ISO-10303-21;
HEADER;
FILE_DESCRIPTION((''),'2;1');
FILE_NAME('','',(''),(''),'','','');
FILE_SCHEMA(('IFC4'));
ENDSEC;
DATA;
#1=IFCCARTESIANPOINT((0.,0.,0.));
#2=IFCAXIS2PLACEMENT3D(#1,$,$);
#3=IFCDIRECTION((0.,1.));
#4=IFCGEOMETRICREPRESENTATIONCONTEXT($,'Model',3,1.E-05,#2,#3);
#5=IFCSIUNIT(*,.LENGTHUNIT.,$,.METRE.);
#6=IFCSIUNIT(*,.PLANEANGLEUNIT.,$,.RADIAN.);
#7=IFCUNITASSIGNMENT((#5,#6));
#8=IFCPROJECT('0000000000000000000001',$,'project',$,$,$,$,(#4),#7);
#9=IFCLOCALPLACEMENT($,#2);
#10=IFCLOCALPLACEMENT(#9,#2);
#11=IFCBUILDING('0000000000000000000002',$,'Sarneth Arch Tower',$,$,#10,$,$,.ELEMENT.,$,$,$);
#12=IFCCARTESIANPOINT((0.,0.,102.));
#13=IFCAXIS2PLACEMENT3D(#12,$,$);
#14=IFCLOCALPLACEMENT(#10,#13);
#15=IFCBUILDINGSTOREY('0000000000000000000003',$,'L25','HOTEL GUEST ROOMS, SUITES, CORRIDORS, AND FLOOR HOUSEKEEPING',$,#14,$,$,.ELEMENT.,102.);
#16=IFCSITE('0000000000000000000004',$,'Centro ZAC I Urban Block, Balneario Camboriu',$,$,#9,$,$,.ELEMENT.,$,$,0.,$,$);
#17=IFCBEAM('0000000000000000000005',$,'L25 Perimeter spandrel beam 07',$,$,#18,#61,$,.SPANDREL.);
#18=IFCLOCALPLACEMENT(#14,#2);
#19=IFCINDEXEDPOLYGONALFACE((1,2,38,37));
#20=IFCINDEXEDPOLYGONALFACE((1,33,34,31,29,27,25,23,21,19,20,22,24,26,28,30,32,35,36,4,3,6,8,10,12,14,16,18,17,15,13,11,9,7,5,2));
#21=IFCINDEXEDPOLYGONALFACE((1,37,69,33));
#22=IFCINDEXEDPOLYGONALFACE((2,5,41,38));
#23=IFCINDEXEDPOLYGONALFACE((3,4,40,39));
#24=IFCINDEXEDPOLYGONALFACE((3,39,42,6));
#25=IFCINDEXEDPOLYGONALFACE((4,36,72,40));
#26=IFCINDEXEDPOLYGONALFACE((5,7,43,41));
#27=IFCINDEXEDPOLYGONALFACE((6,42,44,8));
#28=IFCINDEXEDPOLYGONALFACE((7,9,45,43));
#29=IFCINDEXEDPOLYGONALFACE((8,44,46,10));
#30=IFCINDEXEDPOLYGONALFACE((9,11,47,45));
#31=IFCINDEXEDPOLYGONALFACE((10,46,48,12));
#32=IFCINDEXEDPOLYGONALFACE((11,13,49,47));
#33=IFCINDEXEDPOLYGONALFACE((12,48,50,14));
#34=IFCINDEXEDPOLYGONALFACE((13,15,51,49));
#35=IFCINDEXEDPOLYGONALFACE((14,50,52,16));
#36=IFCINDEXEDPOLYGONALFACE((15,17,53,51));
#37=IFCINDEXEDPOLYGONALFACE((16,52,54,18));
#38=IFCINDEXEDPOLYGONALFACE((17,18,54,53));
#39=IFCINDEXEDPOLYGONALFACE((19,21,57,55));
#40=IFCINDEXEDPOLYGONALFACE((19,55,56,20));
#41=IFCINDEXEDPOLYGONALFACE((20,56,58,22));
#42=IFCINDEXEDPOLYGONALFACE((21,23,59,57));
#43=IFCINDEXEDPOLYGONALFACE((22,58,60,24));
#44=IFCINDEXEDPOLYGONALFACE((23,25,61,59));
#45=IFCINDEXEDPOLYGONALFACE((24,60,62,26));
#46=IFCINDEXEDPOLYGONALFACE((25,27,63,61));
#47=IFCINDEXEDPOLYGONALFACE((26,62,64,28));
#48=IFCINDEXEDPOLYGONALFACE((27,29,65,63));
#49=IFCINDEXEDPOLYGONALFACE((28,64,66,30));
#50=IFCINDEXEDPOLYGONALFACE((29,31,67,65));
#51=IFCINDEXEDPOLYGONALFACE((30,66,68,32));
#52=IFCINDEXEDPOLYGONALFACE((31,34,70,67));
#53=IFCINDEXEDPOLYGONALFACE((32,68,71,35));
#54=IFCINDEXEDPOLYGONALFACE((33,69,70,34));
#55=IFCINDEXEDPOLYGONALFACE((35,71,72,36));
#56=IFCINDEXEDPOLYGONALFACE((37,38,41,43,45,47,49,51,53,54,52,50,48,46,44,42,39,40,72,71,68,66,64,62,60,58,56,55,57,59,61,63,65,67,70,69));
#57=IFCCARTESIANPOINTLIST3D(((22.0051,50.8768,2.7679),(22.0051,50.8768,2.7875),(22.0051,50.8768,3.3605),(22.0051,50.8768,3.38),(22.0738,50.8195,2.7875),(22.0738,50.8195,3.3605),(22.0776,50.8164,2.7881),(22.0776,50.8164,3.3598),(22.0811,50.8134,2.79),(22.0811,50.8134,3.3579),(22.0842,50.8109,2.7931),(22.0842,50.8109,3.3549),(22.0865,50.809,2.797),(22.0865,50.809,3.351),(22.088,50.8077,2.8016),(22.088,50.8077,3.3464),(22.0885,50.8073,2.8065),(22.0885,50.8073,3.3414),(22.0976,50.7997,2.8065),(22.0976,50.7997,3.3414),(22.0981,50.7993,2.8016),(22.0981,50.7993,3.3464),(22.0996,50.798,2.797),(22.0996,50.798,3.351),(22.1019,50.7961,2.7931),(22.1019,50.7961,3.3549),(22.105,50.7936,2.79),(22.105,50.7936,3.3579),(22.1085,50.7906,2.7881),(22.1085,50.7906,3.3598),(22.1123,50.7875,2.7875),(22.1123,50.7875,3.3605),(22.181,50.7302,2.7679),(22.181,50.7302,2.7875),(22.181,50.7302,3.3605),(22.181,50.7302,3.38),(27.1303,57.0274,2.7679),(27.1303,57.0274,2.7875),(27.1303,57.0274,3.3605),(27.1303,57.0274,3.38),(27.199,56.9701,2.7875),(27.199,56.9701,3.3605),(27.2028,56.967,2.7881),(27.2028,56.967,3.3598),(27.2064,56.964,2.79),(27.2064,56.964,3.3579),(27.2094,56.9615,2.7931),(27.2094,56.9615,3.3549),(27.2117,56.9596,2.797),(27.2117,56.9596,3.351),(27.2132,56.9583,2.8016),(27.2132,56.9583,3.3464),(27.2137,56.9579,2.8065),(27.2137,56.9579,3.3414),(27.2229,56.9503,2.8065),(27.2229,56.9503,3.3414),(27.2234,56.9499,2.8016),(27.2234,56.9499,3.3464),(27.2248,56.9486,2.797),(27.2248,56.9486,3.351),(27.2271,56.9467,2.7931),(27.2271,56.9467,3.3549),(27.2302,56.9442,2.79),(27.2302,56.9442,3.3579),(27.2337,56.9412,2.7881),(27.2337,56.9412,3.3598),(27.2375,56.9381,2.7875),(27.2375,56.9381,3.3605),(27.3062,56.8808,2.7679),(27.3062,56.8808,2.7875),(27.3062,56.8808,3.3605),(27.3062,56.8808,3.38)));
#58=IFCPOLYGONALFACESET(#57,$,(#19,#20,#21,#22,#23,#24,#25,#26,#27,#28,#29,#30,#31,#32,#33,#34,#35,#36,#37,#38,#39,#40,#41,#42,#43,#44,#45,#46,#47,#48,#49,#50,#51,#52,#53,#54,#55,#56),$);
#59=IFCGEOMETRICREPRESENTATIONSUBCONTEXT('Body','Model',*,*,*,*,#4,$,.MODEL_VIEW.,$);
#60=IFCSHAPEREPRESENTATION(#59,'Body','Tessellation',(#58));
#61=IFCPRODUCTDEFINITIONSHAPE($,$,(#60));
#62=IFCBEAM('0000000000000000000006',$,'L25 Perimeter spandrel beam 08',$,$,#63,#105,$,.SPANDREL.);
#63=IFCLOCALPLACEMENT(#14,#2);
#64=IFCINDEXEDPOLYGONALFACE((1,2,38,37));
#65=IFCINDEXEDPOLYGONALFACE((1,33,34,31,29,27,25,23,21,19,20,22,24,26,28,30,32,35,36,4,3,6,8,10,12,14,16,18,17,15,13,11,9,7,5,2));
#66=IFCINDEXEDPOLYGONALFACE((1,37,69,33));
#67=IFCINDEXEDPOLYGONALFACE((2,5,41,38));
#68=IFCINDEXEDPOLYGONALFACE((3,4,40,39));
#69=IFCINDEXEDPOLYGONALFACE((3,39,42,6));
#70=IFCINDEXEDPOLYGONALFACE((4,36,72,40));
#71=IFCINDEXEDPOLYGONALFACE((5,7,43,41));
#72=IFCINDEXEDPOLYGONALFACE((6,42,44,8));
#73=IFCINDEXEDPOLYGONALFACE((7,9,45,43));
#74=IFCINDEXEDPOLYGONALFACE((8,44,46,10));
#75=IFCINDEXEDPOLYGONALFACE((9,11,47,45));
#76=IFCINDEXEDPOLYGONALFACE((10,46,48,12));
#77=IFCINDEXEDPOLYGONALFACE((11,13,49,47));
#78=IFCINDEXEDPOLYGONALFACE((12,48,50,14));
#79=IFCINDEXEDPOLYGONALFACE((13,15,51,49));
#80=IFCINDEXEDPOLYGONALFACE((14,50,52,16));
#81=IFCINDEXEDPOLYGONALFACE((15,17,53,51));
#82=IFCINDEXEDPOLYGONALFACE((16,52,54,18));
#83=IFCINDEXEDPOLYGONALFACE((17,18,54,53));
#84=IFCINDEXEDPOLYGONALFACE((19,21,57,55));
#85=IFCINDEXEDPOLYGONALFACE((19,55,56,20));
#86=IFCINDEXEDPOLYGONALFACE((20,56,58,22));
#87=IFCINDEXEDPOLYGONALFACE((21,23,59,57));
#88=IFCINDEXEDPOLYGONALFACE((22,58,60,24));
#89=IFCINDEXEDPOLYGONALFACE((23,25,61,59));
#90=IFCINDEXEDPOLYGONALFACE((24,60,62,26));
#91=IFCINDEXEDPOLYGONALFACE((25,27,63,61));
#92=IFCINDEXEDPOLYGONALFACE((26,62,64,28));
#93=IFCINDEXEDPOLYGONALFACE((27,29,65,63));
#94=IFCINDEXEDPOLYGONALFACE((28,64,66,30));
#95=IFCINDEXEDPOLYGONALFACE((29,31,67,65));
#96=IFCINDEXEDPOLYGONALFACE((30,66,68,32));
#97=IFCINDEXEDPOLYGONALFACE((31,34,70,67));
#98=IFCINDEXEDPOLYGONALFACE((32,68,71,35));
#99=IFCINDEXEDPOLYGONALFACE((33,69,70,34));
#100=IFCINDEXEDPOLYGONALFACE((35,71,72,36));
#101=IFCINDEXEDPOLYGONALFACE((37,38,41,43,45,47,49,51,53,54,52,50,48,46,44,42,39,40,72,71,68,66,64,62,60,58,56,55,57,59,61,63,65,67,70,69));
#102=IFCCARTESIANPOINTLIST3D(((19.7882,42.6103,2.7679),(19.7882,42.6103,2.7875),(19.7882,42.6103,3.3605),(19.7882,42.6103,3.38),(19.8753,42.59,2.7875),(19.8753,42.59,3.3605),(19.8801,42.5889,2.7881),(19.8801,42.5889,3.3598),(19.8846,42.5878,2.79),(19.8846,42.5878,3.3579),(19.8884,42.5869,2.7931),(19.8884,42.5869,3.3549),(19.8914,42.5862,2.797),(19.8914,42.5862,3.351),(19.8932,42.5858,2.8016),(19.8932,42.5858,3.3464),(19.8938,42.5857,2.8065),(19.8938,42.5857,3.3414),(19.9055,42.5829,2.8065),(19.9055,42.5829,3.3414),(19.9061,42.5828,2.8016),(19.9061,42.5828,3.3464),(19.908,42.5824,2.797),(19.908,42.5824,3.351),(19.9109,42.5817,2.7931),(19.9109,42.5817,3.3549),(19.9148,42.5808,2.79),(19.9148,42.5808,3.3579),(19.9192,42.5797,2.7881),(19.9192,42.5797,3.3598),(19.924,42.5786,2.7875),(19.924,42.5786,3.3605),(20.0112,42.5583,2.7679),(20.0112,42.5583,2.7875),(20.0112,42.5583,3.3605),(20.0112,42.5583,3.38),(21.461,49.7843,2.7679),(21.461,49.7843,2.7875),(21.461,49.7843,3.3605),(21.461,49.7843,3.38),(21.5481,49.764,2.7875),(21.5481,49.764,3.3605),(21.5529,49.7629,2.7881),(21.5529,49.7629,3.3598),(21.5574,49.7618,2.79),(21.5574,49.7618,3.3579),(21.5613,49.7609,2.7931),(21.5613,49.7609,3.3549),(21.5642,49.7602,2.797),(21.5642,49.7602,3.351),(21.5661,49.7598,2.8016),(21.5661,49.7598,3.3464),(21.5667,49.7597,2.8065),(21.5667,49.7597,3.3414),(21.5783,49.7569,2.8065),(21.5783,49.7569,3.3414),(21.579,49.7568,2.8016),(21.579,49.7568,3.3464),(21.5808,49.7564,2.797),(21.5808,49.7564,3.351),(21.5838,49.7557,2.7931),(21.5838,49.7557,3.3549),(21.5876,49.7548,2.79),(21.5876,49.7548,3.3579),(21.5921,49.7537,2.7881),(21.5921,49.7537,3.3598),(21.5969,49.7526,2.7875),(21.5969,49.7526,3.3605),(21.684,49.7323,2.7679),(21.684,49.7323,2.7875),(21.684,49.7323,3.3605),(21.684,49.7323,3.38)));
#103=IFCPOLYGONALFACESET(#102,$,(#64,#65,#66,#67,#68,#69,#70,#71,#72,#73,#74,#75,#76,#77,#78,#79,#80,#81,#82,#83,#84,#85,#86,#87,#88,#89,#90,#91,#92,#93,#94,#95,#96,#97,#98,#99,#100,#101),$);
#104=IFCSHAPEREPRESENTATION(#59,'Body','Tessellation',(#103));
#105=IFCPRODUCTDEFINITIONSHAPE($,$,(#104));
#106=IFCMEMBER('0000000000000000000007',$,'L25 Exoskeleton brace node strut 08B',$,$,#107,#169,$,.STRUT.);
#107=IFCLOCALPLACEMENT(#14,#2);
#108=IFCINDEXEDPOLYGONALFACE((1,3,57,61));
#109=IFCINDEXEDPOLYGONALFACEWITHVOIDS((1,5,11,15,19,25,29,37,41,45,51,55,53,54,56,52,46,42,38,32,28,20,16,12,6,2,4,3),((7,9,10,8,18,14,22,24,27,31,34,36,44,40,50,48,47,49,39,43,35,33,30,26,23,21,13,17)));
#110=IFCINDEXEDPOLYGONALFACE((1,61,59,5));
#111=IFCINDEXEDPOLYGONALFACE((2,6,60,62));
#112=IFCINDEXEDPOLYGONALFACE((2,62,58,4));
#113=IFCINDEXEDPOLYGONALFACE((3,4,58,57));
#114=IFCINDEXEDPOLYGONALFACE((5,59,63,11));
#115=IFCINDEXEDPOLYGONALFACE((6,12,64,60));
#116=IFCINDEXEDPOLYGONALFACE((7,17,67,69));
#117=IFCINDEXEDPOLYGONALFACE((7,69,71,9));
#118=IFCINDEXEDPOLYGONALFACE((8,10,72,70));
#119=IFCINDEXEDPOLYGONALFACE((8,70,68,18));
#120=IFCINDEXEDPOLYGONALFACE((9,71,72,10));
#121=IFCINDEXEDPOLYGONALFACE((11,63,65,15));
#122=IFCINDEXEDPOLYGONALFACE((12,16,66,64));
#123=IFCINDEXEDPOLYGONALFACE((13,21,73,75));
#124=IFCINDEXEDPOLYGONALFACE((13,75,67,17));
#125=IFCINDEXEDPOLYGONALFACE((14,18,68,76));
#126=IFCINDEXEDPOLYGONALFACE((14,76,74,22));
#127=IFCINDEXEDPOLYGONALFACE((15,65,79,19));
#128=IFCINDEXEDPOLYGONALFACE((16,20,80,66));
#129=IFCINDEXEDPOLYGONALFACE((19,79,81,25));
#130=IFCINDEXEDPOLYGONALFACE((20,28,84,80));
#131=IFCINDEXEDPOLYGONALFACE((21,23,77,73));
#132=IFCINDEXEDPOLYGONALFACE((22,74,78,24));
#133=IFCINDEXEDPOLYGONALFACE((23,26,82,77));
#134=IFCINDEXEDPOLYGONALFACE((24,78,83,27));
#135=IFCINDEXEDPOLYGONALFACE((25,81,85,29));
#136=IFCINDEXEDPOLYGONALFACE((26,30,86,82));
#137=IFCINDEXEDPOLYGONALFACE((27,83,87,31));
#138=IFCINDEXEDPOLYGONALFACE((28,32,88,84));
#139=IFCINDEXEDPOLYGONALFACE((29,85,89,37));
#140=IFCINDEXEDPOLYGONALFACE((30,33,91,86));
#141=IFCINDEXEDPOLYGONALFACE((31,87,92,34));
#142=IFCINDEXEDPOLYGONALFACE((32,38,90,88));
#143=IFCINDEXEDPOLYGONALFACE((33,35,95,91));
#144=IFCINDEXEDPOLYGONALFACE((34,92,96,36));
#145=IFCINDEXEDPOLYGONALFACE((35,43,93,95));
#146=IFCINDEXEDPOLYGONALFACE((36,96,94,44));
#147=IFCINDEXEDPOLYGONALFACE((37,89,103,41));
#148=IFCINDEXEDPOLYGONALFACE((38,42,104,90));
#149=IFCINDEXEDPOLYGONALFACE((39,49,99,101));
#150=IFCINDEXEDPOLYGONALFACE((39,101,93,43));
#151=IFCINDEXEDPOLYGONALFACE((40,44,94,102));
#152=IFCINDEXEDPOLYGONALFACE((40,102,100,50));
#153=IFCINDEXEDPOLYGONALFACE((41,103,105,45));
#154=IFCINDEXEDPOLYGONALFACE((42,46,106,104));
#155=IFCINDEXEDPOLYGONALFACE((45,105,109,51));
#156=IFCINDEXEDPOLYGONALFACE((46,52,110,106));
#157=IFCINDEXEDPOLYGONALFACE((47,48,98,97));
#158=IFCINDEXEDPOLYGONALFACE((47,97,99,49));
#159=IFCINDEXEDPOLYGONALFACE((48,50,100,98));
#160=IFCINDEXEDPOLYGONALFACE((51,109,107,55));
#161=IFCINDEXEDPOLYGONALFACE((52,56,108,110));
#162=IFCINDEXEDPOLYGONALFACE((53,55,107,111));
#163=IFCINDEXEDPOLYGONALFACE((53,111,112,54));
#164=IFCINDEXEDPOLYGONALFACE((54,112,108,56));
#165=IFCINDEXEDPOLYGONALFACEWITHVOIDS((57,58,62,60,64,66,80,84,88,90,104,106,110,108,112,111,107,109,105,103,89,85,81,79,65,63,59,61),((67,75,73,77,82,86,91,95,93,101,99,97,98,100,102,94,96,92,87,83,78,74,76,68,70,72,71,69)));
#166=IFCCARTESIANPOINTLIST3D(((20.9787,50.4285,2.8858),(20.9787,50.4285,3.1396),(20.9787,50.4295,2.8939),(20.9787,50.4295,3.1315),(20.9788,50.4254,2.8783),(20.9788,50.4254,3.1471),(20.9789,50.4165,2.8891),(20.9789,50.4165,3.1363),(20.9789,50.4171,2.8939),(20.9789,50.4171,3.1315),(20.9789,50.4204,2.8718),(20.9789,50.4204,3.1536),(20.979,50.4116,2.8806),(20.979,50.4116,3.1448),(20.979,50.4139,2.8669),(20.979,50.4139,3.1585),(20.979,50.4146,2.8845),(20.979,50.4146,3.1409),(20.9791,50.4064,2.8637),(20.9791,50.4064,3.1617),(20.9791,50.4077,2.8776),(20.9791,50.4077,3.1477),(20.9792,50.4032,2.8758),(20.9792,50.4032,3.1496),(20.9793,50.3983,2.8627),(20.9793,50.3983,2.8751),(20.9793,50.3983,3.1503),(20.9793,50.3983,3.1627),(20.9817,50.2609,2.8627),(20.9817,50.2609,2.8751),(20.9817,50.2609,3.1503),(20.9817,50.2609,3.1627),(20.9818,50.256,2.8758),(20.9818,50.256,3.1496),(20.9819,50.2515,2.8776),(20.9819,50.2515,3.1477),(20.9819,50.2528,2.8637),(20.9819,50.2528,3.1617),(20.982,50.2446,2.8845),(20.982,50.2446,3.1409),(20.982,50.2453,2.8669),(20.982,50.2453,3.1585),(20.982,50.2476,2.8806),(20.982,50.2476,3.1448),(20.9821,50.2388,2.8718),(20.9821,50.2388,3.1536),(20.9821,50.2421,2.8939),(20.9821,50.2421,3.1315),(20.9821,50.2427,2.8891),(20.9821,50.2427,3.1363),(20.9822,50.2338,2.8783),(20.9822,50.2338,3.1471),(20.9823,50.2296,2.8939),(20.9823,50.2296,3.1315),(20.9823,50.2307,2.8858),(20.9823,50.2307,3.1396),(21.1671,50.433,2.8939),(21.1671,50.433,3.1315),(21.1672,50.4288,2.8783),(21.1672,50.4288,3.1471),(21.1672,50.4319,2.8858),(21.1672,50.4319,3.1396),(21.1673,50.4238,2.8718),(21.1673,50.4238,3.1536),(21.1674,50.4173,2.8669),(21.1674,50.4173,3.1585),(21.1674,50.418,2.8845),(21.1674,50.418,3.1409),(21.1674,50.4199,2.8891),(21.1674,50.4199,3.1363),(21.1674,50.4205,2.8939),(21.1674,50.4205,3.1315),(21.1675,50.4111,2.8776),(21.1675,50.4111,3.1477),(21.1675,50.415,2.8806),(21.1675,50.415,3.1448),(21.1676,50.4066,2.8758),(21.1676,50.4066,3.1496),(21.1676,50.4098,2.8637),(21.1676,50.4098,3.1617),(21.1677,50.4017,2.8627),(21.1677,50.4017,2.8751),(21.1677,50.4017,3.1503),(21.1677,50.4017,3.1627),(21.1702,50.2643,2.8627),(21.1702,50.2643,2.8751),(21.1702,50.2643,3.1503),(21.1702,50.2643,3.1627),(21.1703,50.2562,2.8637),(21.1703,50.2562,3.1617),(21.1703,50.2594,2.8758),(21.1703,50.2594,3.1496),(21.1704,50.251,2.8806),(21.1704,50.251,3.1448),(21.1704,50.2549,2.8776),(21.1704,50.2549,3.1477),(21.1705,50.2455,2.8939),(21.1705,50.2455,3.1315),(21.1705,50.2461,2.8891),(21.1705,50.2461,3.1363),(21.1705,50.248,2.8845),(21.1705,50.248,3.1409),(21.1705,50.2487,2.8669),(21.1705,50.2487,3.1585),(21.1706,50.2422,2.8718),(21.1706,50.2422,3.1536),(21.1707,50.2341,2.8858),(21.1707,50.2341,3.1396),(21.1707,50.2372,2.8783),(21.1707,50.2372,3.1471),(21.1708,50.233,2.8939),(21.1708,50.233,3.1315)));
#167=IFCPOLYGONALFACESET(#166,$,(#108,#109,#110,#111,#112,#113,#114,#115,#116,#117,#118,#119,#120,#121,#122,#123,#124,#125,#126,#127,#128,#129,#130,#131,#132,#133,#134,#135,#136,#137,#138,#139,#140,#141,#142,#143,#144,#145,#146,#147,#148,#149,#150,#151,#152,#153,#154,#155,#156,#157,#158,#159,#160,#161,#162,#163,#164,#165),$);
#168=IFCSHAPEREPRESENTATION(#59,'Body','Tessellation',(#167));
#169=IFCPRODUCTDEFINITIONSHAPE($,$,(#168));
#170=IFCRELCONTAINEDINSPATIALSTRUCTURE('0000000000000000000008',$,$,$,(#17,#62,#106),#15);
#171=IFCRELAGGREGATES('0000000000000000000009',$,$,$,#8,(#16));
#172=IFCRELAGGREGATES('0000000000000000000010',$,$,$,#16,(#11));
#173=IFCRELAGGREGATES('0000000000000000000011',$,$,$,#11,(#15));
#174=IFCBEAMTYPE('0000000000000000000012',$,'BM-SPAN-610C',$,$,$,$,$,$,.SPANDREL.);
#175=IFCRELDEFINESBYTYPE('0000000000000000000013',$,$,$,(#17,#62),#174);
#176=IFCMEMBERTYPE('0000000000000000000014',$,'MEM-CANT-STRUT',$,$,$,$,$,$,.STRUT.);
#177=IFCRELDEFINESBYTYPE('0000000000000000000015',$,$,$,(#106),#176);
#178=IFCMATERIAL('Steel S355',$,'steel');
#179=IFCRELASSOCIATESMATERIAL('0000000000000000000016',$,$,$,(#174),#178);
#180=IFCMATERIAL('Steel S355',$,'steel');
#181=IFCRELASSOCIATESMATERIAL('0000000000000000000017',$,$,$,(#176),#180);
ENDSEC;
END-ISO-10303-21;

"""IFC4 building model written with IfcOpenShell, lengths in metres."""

from ifc_helpers import new_model, si_unit, direction, frame, origin, origin_2d, place, context, subcontext, project, spatial, hollow_rectangle, i_section, extrude, material, material_profile, profile_set, type_object, element, save


model = new_model("IFC4")

# Units and contexts
model_context = context("Model", 3, precision=1e-05, world=origin(), true_north=direction((0.0, 1.0)))
body_context = subcontext(model_context, "Body", "Model", "MODEL_VIEW")
ifc_project = project(units=[si_unit("LENGTHUNIT", "METRE"), si_unit("PLANEANGLEUNIT", "RADIAN")], contexts=[model_context])

# Site, building, storey
site_placement = place(None, origin())
site = spatial("IfcSite", under=ifc_project, at=site_placement, Name="Centro ZAC I Urban Block, Balneario Camboriu", CompositionType="ELEMENT", RefElevation=0.0)
building_placement = place(site_placement, origin())
building = spatial("IfcBuilding", under=site, at=building_placement, Name="Sarneth Arch Tower", CompositionType="ELEMENT")
storey_placement = place(building_placement, frame((0.0, 0.0, 102.0)))
storey = spatial("IfcBuildingStorey", under=building, at=storey_placement, Name="L25", Description="HOTEL GUEST ROOMS, SUITES, CORRIDORS, AND FLOOR HOUSEKEEPING", CompositionType="ELEMENT", Elevation=102.0)

# Beams
ifc_material_1 = material(Name="Steel S355", Category="steel")
ifc_material_profile_1 = material_profile(ifc_material_1, i_section(OverallWidth=0.229, OverallDepth=0.6121, WebThickness=0.012, FlangeThickness=0.0195, FilletRadius=0.019, at=origin_2d()), Name="W610x125")
ifc_profile_set_1 = profile_set([ifc_material_profile_1], Name="Steel S355")
beam_type_1 = type_object("IfcBeamType", Name="BM-SPAN-610C", PredefinedType="SPANDREL", material=ifc_profile_set_1)
beam_1_placement = place(storey_placement, frame((27.2183, 56.9541, 3.074), z_axis=(-0.640163, -0.768239, 0.0), x_axis=(0.768239, -0.640163, 0.0)))
element("IfcBeam", 1, at=beam_1_placement, inside=storey, type_object=beam_type_1, Name="L25 Perimeter spandrel beam 07", PredefinedType="SPANDREL", context=body_context, shape_type="SweptSolid", body=[
    extrude(i_section(OverallWidth=0.229, OverallDepth=0.6121, WebThickness=0.012, FlangeThickness=0.0195, FilletRadius=0.019, at=origin_2d()), origin(), (0.0, 0.0, 1.0), 8.0061),
])
beam_2_placement = place(storey_placement, frame((21.5725, 49.7583, 3.074), z_axis=(-0.227088, -0.973874, 0.0), x_axis=(0.973874, -0.227088, 0.0)))
element("IfcBeam", 2, at=beam_2_placement, inside=storey, type_object=beam_type_1, Name="L25 Perimeter spandrel beam 08", PredefinedType="SPANDREL", context=body_context, shape_type="SweptSolid", body=[
    extrude(i_section(OverallWidth=0.229, OverallDepth=0.6121, WebThickness=0.012, FlangeThickness=0.0195, FilletRadius=0.019, at=origin_2d()), origin(), (0.0, 0.0, 1.0), 7.3665),
])

# Member
ifc_material_2 = material(Name="Steel S355", Category="steel")
ifc_material_profile_2 = material_profile(ifc_material_2, hollow_rectangle(XDim=0.2, YDim=0.3, WallThickness=0.0125, InnerFilletRadius=0.0188, OuterFilletRadius=0.0312, at=origin_2d()), Name="RHS300x200x12.5")
ifc_profile_set_2 = profile_set([ifc_material_profile_2], Name="Steel S355")
member_type_1 = type_object("IfcMemberType", Name="MEM-CANT-STRUT", PredefinedType="STRUT", material=ifc_profile_set_2)
member_1_placement = place(storey_placement, frame((21.1689, 50.333, 3.0127), z_axis=(-0.999836, -0.018132, 0.0), x_axis=(0.018132, -0.999836, 0.0)))
element("IfcMember", 3, at=member_1_placement, inside=storey, type_object=member_type_1, Name="L25 Exoskeleton brace node strut 08B", PredefinedType="STRUT", context=body_context, shape_type="SweptSolid", body=[
    extrude(hollow_rectangle(XDim=0.2, YDim=0.3, WallThickness=0.0125, InnerFilletRadius=0.0188, OuterFilletRadius=0.0312, at=origin_2d()), origin(), (0.0, 0.0, 1.0), 0.1885),
])

save(model, "model.ifc")
